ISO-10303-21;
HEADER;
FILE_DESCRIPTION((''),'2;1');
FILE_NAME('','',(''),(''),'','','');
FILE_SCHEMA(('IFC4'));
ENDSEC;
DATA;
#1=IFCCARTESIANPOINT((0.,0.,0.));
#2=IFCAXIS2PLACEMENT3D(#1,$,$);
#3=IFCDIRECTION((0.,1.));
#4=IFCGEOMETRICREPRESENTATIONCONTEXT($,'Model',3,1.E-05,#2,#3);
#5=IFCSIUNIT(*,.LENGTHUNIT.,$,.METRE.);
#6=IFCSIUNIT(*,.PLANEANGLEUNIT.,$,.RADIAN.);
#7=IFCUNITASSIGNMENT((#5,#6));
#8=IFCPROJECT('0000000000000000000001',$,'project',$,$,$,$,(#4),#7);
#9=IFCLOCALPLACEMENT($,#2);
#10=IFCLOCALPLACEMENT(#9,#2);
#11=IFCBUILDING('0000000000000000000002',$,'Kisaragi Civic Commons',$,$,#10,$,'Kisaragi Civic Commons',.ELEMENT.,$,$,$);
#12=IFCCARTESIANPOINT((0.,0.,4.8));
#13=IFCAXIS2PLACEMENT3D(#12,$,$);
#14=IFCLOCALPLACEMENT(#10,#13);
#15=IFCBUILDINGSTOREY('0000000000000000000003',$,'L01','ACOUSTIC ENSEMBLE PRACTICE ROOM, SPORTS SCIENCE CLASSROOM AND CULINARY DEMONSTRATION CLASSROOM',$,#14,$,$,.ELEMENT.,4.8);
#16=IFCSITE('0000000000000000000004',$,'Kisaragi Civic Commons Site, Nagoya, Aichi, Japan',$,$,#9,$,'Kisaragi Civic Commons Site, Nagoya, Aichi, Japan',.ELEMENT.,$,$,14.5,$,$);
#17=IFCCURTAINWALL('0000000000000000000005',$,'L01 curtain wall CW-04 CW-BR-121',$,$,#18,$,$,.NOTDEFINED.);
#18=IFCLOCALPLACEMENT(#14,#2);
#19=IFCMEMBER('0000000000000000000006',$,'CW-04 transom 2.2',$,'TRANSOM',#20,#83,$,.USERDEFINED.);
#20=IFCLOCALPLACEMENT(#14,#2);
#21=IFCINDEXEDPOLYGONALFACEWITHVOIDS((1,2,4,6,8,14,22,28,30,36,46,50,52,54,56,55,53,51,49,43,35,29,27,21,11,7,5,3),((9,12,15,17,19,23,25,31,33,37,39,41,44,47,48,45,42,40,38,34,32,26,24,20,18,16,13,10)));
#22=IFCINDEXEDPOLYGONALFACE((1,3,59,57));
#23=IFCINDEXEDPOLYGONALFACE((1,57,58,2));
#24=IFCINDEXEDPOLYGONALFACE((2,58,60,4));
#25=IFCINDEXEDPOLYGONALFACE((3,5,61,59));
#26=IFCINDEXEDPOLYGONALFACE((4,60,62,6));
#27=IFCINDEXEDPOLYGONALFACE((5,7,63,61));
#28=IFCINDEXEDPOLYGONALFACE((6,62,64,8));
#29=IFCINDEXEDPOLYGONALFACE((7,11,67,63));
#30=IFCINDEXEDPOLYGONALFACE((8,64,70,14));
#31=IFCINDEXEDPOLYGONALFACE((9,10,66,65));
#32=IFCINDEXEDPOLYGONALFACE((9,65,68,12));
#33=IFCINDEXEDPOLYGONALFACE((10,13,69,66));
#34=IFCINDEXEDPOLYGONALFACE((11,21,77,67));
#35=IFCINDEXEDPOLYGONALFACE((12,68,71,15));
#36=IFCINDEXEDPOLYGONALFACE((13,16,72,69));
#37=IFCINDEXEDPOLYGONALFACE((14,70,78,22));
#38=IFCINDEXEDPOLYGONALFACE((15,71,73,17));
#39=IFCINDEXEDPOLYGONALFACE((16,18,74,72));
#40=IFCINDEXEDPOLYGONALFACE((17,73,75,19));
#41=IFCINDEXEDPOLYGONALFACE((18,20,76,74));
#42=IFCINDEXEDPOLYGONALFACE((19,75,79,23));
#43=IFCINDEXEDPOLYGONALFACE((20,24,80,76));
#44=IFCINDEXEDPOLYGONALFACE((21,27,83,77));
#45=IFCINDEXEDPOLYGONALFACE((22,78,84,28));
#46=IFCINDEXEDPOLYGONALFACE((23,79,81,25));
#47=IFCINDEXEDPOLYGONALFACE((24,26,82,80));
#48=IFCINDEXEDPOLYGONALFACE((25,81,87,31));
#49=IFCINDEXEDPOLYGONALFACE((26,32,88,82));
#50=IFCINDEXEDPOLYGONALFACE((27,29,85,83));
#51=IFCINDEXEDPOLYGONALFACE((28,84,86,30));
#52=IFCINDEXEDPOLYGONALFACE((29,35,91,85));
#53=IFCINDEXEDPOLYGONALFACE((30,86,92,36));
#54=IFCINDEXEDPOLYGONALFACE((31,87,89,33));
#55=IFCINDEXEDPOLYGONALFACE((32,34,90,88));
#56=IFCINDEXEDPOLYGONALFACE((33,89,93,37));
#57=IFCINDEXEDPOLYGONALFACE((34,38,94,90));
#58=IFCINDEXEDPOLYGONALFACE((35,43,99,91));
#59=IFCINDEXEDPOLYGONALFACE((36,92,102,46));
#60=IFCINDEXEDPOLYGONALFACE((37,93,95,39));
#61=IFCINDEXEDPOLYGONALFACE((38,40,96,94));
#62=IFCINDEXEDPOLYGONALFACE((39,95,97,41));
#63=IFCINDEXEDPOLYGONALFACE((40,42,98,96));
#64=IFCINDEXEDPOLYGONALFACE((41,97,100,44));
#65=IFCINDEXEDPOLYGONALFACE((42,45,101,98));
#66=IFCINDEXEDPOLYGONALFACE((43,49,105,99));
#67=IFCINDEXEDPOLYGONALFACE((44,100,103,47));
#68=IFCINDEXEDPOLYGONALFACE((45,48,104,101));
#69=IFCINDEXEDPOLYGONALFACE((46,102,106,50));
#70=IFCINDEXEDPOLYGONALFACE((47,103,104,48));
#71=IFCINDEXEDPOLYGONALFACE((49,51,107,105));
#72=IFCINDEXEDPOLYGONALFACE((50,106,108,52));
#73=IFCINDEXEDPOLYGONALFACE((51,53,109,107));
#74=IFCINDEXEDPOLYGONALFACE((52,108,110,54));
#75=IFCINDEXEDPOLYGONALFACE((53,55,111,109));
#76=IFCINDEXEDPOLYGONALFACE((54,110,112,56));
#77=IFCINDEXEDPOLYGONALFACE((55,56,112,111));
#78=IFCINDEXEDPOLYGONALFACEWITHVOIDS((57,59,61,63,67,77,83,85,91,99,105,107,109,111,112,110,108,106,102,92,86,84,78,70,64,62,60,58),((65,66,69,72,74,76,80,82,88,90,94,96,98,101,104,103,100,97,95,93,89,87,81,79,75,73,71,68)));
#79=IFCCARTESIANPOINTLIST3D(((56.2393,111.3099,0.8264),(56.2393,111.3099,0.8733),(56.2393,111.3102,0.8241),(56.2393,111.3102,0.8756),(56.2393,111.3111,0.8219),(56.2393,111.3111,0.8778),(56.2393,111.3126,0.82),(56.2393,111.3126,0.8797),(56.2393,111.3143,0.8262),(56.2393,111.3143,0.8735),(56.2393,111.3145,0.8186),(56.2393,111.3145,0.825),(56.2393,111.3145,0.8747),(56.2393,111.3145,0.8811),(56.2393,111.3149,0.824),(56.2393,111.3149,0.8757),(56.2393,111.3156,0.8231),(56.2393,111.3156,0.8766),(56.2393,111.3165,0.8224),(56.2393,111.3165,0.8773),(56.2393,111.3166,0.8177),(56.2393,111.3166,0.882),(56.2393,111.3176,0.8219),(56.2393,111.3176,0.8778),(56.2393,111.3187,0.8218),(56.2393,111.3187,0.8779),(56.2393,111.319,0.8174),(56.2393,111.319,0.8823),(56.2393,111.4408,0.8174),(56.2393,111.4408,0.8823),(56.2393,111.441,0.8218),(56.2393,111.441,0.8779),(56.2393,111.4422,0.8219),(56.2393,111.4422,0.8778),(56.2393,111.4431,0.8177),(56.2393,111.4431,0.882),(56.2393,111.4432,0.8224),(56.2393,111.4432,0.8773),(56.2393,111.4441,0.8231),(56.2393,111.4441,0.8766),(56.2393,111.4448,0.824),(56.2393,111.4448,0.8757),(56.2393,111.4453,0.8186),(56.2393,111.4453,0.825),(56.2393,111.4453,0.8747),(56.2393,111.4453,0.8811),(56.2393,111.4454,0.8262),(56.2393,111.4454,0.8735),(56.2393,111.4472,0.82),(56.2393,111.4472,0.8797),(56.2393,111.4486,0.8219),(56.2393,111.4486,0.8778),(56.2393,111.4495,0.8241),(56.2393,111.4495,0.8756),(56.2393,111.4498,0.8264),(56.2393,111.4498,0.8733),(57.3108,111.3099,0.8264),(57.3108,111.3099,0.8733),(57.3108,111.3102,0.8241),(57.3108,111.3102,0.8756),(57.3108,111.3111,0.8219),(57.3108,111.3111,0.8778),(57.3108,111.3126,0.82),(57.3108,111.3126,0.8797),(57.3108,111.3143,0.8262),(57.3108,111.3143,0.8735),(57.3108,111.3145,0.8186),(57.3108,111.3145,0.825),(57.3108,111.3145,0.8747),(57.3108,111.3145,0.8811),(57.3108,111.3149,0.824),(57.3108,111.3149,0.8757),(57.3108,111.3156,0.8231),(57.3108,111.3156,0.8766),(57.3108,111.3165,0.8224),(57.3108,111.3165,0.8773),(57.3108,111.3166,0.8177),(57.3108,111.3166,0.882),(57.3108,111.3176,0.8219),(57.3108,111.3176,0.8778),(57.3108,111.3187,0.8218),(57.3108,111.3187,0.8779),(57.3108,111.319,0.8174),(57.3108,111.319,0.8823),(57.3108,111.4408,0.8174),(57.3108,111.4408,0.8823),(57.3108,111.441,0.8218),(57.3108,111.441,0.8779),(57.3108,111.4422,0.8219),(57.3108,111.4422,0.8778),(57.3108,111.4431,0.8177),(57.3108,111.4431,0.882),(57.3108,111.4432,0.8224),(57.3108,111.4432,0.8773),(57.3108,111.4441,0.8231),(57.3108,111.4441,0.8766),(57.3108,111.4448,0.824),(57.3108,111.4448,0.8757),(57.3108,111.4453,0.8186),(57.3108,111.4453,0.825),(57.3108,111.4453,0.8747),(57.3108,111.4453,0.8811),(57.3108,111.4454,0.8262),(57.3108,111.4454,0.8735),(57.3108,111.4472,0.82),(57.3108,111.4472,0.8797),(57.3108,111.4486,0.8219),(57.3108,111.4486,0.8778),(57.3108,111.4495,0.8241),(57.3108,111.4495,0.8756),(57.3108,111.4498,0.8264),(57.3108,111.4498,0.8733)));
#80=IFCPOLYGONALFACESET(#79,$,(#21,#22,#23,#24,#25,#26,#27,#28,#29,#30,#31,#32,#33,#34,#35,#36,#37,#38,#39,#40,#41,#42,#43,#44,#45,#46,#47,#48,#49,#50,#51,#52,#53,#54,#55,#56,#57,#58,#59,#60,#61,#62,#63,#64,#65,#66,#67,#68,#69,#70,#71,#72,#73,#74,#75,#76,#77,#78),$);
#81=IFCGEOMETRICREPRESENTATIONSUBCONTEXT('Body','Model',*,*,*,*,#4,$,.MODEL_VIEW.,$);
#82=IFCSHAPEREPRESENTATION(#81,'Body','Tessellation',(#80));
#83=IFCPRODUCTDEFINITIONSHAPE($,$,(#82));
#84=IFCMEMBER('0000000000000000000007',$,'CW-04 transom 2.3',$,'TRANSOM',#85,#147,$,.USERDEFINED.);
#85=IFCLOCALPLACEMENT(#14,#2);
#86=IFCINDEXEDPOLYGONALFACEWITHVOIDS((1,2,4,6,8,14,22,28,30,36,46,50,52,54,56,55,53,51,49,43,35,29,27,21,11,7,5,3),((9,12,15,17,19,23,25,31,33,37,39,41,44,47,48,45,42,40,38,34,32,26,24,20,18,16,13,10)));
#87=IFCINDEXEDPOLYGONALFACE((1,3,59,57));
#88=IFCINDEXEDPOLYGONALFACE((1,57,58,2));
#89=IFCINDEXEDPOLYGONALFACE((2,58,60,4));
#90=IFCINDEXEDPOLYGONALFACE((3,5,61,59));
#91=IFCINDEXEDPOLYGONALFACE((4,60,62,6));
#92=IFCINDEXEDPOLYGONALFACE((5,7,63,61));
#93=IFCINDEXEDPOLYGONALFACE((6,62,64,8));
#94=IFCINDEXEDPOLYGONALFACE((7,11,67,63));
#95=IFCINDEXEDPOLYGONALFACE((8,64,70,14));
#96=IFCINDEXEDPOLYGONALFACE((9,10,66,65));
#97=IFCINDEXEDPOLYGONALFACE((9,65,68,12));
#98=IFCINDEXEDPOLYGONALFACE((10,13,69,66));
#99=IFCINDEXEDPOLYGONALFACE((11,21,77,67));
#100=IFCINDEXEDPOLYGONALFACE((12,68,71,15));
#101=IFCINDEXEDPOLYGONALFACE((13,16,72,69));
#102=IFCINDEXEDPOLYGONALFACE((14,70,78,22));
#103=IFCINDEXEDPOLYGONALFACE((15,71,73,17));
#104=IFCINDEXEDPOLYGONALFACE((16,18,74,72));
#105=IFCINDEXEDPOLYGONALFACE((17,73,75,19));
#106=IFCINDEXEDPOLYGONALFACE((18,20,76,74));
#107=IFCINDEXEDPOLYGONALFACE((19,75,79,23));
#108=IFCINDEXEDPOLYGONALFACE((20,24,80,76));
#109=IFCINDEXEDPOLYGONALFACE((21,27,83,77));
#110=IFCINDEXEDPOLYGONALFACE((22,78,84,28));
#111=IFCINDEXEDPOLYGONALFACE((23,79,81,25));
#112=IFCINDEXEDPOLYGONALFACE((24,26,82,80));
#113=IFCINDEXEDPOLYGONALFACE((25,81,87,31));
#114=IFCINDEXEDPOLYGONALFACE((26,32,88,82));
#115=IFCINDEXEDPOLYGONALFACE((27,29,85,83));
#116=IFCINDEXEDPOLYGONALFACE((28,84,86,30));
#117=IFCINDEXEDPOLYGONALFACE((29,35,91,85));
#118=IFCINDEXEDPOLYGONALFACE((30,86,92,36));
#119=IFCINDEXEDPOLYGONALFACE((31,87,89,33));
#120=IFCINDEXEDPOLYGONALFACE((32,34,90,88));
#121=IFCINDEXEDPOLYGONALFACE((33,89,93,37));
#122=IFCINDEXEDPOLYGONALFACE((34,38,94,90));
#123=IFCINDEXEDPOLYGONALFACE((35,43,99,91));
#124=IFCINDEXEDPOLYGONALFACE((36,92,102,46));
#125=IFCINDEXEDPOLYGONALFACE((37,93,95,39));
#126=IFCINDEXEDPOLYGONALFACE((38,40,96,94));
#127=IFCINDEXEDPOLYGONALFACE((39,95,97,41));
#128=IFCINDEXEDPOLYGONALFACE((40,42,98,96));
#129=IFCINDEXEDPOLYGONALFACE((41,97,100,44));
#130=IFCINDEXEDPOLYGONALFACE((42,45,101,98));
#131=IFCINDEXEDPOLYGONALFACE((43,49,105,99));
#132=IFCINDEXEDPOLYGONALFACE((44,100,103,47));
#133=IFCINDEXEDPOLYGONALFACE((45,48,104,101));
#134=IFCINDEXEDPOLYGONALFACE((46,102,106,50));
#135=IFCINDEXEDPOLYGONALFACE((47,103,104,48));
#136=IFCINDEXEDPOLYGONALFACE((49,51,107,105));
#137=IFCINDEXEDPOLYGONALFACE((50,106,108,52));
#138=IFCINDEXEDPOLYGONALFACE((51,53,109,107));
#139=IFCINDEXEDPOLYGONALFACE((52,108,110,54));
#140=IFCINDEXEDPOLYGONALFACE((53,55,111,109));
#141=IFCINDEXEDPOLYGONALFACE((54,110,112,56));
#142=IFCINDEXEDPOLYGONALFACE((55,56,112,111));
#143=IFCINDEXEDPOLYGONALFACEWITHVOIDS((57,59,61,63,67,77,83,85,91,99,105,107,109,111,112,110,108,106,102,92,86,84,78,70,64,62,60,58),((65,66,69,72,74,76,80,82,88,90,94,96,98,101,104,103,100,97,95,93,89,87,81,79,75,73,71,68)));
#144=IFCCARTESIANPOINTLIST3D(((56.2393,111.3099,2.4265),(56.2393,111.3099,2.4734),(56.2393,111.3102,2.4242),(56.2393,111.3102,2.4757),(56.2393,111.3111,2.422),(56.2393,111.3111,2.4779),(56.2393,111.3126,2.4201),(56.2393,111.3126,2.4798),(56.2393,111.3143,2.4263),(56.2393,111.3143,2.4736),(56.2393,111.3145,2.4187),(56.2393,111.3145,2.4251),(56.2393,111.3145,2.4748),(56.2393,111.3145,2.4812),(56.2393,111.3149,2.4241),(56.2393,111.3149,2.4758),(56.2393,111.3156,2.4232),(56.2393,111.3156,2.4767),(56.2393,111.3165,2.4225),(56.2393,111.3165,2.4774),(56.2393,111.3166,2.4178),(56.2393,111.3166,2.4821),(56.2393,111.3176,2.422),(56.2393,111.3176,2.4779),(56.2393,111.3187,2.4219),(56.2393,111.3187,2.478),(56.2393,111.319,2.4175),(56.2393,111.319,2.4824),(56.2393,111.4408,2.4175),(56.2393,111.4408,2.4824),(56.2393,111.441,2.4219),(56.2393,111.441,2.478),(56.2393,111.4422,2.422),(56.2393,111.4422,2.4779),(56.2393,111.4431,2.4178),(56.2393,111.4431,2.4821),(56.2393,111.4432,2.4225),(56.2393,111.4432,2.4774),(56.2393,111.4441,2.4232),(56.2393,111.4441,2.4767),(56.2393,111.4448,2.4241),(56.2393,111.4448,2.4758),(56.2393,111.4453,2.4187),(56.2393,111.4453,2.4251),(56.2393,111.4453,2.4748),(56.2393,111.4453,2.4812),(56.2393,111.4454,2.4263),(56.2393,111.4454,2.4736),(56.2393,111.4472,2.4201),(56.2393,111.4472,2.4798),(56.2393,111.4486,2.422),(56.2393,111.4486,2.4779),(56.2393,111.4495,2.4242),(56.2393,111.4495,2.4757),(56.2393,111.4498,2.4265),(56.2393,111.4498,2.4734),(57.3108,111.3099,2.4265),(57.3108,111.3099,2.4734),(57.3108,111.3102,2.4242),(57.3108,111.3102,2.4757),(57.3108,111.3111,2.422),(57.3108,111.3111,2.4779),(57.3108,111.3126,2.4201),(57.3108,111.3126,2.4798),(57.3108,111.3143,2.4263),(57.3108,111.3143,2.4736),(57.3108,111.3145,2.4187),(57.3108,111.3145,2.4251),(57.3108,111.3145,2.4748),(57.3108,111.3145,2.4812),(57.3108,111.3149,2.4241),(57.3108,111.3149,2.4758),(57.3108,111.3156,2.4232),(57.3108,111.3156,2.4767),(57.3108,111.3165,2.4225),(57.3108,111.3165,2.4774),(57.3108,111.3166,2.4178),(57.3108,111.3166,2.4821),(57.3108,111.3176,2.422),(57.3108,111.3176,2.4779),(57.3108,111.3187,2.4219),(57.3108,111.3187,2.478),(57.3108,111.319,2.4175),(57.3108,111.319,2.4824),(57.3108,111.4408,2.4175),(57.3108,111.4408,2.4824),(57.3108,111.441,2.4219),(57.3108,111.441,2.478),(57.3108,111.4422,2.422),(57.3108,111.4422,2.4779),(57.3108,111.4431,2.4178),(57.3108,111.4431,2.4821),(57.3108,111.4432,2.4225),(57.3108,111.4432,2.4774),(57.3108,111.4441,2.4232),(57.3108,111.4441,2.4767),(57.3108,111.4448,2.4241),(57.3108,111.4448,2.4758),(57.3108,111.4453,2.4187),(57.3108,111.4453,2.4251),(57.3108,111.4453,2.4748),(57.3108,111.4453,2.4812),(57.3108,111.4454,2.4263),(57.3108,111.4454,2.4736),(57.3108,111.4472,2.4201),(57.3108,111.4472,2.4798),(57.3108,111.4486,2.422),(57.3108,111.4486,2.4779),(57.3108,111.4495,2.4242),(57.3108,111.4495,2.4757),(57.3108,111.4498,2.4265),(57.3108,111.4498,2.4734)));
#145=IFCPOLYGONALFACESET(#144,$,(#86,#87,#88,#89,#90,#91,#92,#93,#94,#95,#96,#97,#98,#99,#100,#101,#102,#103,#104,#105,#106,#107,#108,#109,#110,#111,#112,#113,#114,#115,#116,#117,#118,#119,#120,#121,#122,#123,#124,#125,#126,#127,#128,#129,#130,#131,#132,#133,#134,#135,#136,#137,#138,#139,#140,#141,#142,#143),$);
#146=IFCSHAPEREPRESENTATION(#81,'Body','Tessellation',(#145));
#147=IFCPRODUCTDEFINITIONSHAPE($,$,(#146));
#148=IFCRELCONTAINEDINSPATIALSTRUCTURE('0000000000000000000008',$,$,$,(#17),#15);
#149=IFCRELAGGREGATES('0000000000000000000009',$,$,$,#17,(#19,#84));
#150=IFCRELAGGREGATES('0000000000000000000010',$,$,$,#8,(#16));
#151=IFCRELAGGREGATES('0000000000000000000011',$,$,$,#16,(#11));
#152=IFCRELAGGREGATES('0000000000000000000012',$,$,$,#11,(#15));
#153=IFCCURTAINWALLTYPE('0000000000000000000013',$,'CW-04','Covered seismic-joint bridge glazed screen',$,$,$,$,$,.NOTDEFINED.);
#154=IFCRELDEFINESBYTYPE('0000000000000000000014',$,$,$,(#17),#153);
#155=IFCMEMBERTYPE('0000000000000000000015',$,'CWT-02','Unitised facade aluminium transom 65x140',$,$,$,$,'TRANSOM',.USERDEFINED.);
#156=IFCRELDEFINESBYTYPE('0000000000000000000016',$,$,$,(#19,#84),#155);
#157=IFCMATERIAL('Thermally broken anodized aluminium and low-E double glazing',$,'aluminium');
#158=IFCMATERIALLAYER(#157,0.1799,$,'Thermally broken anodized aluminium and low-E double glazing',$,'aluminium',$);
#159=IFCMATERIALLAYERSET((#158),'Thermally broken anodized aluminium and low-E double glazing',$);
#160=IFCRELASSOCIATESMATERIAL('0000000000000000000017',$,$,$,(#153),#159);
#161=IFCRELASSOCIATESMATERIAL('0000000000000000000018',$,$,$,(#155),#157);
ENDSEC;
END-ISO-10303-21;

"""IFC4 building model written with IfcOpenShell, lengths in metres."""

from ifc_helpers import new_model, si_unit, direction, frame, origin, origin_2d, place, context, subcontext, project, spatial, hollow_rectangle, extrude, material, layer, layer_set, material_profile, profile_set, type_object, element, aggregate, save


model = new_model("IFC4")

# Units and contexts
model_context = context("Model", 3, precision=1e-05, world=origin(), true_north=direction((0.0, 1.0)))
body_context = subcontext(model_context, "Body", "Model", "MODEL_VIEW")
ifc_project = project(units=[si_unit("LENGTHUNIT", "METRE"), si_unit("PLANEANGLEUNIT", "RADIAN")], contexts=[model_context])

# Site, building, storey
site_placement = place(None, origin())
site = spatial("IfcSite", under=ifc_project, at=site_placement, Name="Kisaragi Civic Commons Site, Nagoya, Aichi, Japan", LongName="Kisaragi Civic Commons Site, Nagoya, Aichi, Japan", CompositionType="ELEMENT", RefElevation=14.5)
building_placement = place(site_placement, origin())
building = spatial("IfcBuilding", under=site, at=building_placement, Name="Kisaragi Civic Commons", LongName="Kisaragi Civic Commons", CompositionType="ELEMENT")
storey_placement = place(building_placement, frame((0.0, 0.0, 4.8)))
storey = spatial("IfcBuildingStorey", under=building, at=storey_placement, Name="L01", Description="ACOUSTIC ENSEMBLE PRACTICE ROOM, SPORTS SCIENCE CLASSROOM AND CULINARY DEMONSTRATION CLASSROOM", CompositionType="ELEMENT", Elevation=4.8)

# Curtain wall, members
ifc_material = material(Name="Thermally broken anodized aluminium and low-E double glazing", Category="aluminium")
ifc_layer_1 = layer(ifc_material, 0.1799, Name="Thermally broken anodized aluminium and low-E double glazing", Category="aluminium")
ifc_layer_set_1 = layer_set([ifc_layer_1], Name="Thermally broken anodized aluminium and low-E double glazing")
curtain_wall_type = type_object("IfcCurtainWallType", Name="CW-04", Description="Covered seismic-joint bridge glazed screen", PredefinedType="NOTDEFINED", material=ifc_layer_set_1)
curtain_wall_1_placement = place(storey_placement, origin())
curtain_wall_1 = element("IfcCurtainWall", 1, at=curtain_wall_1_placement, inside=storey, type_object=curtain_wall_type, Name="L01 curtain wall CW-04 CW-BR-121", PredefinedType="NOTDEFINED")
ifc_material_profile_1 = material_profile(ifc_material, hollow_rectangle(XDim=0.1399, YDim=0.0649, WallThickness=0.0044, InnerFilletRadius=0.0044, OuterFilletRadius=0.009, at=origin_2d()), Name="CWT-65x140x4.5", Category="aluminium")
ifc_profile_set_1 = profile_set([ifc_material_profile_1], Name="Thermally broken anodized aluminium and low-E double glazing")
member_type_1 = type_object("IfcMemberType", Name="CWT-02", Description="Unitised facade aluminium transom 65x140", ElementType="TRANSOM", PredefinedType="USERDEFINED", material=ifc_profile_set_1)
member_1_placement = place(storey_placement, frame((56.2393, 111.3799, 0.8499), z_axis=(1.0, 0.0, 0.0), x_axis=(0.0, 1.0, 0.0)))
member_1 = element("IfcMember", 2, at=member_1_placement, type_object=member_type_1, Name="CW-04 transom 2.2", ObjectType="TRANSOM", PredefinedType="USERDEFINED", context=body_context, shape_type="SweptSolid", body=[
    extrude(hollow_rectangle(XDim=0.1399, YDim=0.0649, WallThickness=0.0044, InnerFilletRadius=0.0044, OuterFilletRadius=0.009, at=origin_2d()), origin(), (0.0, 0.0, 1.0), 1.0715),
])
member_2_placement = place(storey_placement, frame((56.2393, 111.3799, 2.45), z_axis=(1.0, 0.0, 0.0), x_axis=(0.0, 1.0, 0.0)))
member_2 = element("IfcMember", 3, at=member_2_placement, type_object=member_type_1, Name="CW-04 transom 2.3", ObjectType="TRANSOM", PredefinedType="USERDEFINED", context=body_context, shape_type="SweptSolid", body=[
    extrude(hollow_rectangle(XDim=0.1399, YDim=0.0649, WallThickness=0.0044, InnerFilletRadius=0.0044, OuterFilletRadius=0.009, at=origin_2d()), origin(), (0.0, 0.0, 1.0), 1.0715),
])

aggregate(curtain_wall_1, [member_1, member_2])

save(model, "model.ifc")
